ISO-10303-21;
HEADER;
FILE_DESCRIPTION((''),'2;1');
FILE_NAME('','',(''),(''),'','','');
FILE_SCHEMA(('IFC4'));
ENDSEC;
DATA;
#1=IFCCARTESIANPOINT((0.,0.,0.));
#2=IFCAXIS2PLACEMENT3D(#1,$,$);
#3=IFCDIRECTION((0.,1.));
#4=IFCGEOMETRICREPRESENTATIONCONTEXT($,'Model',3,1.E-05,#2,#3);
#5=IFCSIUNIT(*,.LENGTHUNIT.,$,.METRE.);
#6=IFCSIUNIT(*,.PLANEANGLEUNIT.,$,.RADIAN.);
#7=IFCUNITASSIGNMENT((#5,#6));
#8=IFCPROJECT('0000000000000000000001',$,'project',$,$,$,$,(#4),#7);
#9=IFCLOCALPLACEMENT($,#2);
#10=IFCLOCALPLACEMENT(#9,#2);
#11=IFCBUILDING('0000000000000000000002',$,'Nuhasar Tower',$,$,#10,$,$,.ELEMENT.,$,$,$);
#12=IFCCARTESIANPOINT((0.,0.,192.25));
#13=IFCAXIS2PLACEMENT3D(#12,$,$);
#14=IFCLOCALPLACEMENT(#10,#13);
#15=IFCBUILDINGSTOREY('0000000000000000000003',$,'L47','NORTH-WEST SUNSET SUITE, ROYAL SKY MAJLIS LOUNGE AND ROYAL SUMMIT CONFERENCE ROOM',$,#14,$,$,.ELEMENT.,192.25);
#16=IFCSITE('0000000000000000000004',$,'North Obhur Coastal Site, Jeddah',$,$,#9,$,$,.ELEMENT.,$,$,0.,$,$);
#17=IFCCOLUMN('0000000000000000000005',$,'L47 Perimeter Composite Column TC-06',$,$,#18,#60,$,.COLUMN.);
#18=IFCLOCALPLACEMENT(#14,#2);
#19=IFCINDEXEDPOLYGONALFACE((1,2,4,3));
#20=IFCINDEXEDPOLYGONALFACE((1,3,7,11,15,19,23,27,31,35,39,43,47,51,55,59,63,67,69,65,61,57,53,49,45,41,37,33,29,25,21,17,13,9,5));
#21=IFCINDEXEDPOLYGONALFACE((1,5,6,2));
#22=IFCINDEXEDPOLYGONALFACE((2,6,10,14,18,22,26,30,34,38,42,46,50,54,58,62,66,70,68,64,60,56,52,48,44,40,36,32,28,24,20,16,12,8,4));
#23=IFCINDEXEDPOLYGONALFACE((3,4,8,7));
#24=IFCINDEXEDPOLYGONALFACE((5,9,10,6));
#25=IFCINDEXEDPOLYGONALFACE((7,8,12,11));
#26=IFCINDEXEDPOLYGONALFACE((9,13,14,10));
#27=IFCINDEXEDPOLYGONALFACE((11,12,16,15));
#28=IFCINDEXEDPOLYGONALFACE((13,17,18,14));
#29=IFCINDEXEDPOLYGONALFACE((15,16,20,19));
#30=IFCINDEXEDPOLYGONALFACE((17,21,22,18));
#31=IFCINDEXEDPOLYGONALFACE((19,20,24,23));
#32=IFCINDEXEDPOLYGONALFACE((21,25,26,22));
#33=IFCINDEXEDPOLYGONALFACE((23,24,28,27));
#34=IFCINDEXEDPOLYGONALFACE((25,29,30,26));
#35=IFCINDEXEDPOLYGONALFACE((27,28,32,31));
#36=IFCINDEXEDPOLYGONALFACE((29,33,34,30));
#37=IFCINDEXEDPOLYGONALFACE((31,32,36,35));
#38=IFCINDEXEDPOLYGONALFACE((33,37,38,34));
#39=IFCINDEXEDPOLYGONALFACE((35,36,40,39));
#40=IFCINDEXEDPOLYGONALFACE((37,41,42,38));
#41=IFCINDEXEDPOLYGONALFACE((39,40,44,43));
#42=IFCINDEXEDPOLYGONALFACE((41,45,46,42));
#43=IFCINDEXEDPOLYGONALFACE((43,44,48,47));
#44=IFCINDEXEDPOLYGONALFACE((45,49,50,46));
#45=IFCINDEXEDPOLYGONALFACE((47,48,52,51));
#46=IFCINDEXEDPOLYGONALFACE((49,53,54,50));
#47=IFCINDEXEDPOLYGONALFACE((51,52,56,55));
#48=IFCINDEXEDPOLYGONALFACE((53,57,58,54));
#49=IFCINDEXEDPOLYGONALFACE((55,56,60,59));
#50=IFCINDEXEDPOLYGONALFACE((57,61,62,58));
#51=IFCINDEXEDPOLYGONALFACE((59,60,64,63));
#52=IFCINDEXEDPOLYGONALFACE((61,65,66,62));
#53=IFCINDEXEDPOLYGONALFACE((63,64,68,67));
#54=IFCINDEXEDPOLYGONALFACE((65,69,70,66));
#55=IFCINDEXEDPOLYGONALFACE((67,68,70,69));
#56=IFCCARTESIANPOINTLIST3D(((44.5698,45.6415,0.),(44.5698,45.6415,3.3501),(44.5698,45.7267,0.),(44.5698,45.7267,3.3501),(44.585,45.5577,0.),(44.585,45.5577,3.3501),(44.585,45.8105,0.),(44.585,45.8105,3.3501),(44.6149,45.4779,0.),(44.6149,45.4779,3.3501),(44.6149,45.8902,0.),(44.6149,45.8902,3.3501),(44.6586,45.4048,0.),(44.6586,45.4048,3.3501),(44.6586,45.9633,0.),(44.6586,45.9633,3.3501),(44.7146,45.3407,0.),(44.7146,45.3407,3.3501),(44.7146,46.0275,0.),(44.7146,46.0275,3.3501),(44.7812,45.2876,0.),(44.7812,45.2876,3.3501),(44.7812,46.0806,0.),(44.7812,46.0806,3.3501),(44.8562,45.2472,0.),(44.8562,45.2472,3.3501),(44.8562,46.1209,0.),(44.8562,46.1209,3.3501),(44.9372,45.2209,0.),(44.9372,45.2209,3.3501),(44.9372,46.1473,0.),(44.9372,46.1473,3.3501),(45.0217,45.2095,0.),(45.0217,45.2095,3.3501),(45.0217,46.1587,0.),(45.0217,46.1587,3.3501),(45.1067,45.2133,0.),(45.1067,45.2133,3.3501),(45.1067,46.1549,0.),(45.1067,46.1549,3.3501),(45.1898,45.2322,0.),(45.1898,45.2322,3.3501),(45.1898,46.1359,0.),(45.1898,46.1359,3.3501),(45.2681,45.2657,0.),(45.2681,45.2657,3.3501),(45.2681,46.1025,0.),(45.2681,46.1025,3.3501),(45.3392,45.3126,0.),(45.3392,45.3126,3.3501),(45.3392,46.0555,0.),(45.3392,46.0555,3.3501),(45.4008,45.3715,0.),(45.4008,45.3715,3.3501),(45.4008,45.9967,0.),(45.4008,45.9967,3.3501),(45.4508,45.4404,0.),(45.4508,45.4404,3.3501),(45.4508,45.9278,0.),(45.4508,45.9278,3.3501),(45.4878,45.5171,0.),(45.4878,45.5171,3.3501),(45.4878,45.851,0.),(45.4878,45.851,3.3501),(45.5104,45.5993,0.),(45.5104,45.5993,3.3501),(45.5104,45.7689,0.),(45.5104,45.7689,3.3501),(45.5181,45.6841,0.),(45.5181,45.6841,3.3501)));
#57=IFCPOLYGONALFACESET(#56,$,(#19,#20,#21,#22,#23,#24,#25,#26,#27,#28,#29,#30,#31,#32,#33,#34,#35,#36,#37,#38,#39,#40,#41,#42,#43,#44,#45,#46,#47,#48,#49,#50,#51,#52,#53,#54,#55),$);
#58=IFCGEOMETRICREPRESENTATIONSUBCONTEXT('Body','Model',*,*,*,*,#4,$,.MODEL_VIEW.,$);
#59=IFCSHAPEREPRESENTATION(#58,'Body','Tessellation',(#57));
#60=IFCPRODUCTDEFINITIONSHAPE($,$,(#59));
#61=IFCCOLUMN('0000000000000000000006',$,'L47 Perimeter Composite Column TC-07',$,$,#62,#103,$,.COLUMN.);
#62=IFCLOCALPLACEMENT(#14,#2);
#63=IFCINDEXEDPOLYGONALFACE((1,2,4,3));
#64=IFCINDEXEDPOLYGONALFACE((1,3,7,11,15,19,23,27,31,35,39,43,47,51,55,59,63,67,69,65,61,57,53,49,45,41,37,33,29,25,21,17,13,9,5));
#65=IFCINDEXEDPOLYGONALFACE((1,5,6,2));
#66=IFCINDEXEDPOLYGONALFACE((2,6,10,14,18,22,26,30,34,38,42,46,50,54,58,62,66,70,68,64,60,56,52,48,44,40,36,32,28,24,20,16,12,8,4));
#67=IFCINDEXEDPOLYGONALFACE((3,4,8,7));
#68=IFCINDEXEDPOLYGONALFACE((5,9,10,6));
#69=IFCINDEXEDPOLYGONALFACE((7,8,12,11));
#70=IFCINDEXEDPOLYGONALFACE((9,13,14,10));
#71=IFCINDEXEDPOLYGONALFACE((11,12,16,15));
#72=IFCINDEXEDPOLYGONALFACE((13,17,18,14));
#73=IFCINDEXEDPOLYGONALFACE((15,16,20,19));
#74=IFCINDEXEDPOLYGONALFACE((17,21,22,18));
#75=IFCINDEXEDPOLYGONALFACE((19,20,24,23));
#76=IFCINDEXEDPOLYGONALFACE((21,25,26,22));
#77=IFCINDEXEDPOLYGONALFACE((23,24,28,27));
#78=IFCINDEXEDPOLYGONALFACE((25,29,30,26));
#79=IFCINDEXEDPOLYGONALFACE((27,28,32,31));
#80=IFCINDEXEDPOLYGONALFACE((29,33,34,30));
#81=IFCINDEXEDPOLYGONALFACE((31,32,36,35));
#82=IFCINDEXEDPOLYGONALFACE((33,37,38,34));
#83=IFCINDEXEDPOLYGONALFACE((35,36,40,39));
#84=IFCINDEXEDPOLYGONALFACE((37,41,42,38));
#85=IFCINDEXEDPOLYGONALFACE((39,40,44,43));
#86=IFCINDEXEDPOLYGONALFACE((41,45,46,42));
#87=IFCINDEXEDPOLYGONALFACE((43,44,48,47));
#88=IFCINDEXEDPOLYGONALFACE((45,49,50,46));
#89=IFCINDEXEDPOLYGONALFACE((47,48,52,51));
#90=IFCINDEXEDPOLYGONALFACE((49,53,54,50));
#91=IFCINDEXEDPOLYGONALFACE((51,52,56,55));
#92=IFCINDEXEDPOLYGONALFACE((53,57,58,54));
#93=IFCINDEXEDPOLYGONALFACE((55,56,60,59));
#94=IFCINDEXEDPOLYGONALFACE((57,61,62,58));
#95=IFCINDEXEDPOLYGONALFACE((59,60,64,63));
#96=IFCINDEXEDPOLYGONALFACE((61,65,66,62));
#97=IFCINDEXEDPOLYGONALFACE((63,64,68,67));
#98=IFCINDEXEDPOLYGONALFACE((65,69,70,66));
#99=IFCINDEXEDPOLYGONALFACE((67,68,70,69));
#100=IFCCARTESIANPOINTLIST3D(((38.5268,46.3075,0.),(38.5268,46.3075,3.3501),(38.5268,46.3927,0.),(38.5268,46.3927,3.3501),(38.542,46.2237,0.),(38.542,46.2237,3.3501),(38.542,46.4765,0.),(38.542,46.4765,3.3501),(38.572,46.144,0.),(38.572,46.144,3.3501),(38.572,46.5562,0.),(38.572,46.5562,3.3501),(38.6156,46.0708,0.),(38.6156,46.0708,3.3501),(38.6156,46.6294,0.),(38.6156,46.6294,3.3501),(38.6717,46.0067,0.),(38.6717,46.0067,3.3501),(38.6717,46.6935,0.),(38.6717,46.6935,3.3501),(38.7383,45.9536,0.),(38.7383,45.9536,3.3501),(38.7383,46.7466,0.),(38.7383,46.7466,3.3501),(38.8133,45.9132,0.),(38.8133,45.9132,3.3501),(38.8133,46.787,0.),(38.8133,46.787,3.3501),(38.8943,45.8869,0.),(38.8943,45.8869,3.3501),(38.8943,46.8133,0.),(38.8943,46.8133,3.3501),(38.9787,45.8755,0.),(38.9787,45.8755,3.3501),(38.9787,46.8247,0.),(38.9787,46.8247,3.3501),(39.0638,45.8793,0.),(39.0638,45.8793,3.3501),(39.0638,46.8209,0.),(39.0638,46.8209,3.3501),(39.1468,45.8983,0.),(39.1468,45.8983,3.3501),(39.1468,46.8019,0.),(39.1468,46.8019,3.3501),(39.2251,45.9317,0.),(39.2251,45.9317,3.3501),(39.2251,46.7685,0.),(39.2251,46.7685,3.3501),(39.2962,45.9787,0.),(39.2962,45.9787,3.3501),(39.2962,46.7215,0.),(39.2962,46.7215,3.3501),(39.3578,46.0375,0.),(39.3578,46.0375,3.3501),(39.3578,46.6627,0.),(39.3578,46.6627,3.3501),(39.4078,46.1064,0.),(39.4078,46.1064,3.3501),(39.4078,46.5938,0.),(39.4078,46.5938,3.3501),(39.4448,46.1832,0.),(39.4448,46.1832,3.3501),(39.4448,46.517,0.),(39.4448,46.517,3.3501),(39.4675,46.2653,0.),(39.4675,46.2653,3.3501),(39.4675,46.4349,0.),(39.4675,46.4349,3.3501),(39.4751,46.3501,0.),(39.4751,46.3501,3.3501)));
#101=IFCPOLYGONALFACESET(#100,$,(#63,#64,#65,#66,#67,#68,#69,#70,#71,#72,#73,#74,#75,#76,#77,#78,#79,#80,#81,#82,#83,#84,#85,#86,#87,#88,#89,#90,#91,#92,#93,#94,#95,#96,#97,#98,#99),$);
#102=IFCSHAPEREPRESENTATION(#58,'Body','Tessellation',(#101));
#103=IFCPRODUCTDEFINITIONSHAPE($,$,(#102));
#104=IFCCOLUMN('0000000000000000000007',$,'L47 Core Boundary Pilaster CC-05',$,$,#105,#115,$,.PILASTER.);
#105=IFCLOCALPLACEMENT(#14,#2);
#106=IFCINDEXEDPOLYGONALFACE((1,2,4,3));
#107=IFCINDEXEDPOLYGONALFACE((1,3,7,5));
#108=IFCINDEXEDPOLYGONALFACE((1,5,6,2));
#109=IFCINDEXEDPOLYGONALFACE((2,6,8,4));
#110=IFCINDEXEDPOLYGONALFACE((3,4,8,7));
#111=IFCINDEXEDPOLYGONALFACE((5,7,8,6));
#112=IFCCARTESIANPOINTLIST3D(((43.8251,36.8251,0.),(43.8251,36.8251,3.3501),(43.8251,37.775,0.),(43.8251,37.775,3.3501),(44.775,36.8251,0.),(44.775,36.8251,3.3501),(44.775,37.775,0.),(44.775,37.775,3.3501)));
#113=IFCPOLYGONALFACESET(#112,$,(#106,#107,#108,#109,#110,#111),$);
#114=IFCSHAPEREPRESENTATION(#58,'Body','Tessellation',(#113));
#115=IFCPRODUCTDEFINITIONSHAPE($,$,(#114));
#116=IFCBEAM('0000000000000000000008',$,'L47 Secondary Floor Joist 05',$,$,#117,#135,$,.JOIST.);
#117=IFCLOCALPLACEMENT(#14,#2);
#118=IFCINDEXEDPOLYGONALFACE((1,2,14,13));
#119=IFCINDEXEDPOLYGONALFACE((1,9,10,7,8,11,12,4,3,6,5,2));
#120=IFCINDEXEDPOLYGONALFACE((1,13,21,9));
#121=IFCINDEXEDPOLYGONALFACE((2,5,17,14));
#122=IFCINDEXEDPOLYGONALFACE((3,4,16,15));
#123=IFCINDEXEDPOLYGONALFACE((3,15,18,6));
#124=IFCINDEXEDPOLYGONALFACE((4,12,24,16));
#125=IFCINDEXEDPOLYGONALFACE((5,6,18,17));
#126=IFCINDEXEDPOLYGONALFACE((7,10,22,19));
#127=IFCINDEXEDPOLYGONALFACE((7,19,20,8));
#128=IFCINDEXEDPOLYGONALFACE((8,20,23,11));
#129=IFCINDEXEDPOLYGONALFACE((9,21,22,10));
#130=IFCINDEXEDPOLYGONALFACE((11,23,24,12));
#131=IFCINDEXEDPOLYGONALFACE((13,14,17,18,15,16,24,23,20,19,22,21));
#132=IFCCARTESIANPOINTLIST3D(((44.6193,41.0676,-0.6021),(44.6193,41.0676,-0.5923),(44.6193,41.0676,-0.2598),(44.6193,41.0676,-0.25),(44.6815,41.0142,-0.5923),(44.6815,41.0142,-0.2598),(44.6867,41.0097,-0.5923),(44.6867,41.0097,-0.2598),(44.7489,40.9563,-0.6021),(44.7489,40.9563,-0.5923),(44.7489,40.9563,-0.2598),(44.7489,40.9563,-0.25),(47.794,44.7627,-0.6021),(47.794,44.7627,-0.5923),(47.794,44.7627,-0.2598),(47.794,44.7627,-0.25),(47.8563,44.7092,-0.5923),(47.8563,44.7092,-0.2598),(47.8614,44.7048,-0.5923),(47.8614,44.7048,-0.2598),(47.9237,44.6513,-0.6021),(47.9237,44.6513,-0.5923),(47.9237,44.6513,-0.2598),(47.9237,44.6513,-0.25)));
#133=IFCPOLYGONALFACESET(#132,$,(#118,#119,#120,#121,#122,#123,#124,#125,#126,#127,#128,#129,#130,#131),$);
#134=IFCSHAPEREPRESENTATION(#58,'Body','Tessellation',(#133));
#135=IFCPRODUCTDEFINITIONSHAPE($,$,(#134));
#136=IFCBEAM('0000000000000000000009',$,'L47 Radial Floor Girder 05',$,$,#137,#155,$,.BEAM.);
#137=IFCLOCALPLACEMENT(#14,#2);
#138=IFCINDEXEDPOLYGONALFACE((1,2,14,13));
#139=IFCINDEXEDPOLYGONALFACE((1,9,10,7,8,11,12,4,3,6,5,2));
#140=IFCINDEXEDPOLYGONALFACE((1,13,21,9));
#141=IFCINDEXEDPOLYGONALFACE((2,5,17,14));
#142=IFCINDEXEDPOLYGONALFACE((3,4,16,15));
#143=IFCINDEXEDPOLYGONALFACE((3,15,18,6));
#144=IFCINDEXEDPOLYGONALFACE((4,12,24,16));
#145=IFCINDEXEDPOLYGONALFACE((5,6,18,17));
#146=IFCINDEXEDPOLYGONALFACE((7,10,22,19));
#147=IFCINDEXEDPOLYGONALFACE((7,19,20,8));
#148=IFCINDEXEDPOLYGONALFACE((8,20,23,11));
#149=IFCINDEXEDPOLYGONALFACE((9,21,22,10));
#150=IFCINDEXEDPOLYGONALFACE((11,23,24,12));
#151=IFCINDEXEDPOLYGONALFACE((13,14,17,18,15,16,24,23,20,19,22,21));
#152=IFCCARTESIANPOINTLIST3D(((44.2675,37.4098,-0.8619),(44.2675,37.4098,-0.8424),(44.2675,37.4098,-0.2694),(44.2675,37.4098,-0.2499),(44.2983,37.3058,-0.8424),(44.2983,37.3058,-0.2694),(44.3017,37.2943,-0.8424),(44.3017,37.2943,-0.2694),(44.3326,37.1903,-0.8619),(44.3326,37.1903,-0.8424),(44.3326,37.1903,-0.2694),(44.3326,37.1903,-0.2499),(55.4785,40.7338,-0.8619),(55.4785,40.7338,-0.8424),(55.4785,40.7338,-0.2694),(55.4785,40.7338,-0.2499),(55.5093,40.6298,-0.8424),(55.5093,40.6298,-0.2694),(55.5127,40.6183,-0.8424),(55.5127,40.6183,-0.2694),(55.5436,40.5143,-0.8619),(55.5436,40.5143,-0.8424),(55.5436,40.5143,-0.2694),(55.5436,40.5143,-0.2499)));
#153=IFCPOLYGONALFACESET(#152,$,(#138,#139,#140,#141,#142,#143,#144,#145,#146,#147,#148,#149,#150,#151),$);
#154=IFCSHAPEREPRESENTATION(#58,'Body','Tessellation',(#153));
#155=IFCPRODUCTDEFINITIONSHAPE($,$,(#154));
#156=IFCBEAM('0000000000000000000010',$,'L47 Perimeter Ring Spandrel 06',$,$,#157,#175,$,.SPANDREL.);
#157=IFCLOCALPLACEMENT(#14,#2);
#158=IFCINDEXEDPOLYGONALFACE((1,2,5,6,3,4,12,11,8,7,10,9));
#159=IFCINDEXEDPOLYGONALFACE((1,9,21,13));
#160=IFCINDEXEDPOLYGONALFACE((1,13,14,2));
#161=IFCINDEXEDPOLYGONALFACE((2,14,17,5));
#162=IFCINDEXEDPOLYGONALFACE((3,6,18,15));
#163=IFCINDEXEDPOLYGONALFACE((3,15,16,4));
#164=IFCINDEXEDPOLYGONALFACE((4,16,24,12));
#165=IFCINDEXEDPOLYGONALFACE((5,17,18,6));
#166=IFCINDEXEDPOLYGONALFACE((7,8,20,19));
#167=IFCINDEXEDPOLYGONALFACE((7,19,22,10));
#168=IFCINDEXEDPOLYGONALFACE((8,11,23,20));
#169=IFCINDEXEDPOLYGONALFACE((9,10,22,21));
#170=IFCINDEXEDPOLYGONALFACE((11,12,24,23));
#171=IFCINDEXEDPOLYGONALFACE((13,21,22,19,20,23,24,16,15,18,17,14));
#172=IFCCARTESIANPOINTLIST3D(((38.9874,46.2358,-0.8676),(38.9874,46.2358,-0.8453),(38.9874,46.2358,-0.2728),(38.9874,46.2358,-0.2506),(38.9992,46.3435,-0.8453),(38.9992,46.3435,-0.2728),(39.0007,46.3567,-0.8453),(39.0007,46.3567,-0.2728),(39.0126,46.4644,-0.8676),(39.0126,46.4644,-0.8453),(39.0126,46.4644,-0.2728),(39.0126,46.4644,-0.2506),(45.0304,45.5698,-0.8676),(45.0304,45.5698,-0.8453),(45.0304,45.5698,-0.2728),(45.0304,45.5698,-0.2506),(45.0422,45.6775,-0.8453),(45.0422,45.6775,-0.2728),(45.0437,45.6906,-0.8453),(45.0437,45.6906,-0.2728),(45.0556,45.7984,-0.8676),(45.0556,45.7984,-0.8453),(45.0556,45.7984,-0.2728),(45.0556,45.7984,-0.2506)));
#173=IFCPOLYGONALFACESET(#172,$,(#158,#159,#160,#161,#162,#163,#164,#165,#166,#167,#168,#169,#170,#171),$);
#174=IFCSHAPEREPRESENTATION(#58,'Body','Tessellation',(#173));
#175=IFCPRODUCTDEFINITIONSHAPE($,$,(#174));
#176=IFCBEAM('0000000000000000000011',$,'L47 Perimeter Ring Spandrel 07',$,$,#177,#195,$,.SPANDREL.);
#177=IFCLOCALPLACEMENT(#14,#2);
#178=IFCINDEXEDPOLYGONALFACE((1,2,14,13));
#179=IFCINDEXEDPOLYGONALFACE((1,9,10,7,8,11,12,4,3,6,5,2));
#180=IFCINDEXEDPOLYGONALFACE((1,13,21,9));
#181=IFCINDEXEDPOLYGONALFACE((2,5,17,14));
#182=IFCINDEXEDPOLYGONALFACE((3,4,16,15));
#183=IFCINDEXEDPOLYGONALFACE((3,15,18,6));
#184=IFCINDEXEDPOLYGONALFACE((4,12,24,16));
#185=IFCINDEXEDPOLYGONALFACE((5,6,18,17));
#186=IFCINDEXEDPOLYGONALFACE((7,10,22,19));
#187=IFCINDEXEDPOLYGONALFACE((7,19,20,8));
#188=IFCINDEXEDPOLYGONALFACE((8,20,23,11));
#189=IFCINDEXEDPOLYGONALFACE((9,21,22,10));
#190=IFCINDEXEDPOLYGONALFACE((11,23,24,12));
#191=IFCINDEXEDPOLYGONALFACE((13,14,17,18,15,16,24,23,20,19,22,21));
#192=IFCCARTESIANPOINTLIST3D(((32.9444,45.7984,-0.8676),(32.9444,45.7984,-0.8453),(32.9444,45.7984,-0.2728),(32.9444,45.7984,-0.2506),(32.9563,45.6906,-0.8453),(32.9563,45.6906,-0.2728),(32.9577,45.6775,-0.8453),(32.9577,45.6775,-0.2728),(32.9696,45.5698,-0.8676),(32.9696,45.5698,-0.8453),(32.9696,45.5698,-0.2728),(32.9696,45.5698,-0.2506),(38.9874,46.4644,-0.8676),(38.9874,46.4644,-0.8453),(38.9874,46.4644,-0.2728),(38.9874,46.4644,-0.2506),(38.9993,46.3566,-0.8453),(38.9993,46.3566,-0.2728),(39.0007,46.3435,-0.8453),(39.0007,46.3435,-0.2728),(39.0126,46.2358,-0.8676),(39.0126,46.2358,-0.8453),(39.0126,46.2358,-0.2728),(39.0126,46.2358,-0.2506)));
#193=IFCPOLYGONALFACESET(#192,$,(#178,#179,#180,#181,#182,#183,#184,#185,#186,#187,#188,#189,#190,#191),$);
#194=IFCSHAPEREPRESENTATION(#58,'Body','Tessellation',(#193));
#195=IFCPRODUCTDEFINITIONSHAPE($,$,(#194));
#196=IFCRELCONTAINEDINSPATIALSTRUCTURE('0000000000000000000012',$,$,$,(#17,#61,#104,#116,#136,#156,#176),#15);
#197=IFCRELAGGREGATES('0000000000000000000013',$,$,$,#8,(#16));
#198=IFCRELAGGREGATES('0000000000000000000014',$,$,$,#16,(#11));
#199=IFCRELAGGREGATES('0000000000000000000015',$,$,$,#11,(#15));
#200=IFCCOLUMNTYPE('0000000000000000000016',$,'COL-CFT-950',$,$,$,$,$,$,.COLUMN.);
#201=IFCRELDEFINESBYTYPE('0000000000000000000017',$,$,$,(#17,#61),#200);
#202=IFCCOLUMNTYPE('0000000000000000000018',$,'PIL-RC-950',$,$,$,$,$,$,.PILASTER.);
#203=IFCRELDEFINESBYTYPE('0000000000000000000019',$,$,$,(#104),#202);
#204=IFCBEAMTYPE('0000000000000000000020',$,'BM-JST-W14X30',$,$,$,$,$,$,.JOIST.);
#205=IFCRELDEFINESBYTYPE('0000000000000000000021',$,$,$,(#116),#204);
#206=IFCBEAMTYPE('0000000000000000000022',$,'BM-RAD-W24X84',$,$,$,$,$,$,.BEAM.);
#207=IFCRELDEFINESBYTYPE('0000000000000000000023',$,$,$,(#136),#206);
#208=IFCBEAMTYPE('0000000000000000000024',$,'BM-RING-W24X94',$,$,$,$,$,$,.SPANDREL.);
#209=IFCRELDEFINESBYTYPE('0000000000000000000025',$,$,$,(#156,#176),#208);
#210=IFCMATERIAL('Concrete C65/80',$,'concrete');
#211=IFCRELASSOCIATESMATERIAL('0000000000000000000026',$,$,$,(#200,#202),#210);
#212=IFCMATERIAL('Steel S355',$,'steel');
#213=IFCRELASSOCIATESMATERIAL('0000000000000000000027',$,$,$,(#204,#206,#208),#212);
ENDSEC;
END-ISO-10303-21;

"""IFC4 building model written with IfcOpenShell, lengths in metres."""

from ifc_helpers import new_model, si_unit, direction, frame, origin, origin_2d, place, context, subcontext, project, spatial, rectangle, circle, i_section, extrude, material, material_profile, profile_set, type_object, element, save


model = new_model("IFC4")

# Units and contexts
model_context = context("Model", 3, precision=1e-05, world=origin(), true_north=direction((0.0, 1.0)))
body_context = subcontext(model_context, "Body", "Model", "MODEL_VIEW")
ifc_project = project(units=[si_unit("LENGTHUNIT", "METRE"), si_unit("PLANEANGLEUNIT", "RADIAN")], contexts=[model_context])

# Site, building, storey
site_placement = place(None, origin())
site = spatial("IfcSite", under=ifc_project, at=site_placement, Name="North Obhur Coastal Site, Jeddah", CompositionType="ELEMENT", RefElevation=0.0)
building_placement = place(site_placement, origin())
building = spatial("IfcBuilding", under=site, at=building_placement, Name="Nuhasar Tower", CompositionType="ELEMENT")
storey_placement = place(building_placement, frame((0.0, 0.0, 192.25)))
storey = spatial("IfcBuildingStorey", under=building, at=storey_placement, Name="L47", Description="NORTH-WEST SUNSET SUITE, ROYAL SKY MAJLIS LOUNGE AND ROYAL SUMMIT CONFERENCE ROOM", CompositionType="ELEMENT", Elevation=192.25)

# Columns
ifc_material_1 = material(Name="Concrete C65/80", Category="concrete")
ifc_material_profile_1 = material_profile(ifc_material_1, circle(Radius=0.4751, at=origin_2d()), Name="CFT950")
ifc_profile_set_1 = profile_set([ifc_material_profile_1], Name="Concrete C65/80")
column_type_1 = type_object("IfcColumnType", Name="COL-CFT-950", PredefinedType="COLUMN", material=ifc_profile_set_1)
for number, where, z_axis, x_axis, name in (
    (1, (45.043, 45.6841, 0.0), (0.0, 0.0, 1.0), (1.0, 0.0, 0.0), "L47 Perimeter Composite Column TC-06"),
    (2, (39.0, 46.3501, 0.0), (0.0, 0.0, 1.0), (1.0, 0.0, 0.0), "L47 Perimeter Composite Column TC-07"),
):
    element("IfcColumn", number, at=place(storey_placement, frame(where, z_axis=z_axis, x_axis=x_axis)), inside=storey, type_object=column_type_1, Name=name, PredefinedType="COLUMN", context=body_context, shape_type="SweptSolid", body=[
        extrude(circle(Radius=0.4751, at=origin_2d()), origin(), (0.0, 0.0, 1.0), 3.3501),
    ])
ifc_material_profile_2 = material_profile(ifc_material_1, rectangle(XDim=0.95, YDim=0.95, at=origin_2d()), Name="RC950X950")
ifc_profile_set_2 = profile_set([ifc_material_profile_2], Name="Concrete C65/80")
column_type_2 = type_object("IfcColumnType", Name="PIL-RC-950", PredefinedType="PILASTER", material=ifc_profile_set_2)
column_placement = place(storey_placement, frame((44.3, 37.3, 0.0), z_axis=(0.0, 0.0, 1.0), x_axis=(1.0, 0.0, 0.0)))
element("IfcColumn", 3, at=column_placement, inside=storey, type_object=column_type_2, Name="L47 Core Boundary Pilaster CC-05", PredefinedType="PILASTER", context=body_context, shape_type="SweptSolid", body=[
    extrude(rectangle(XDim=0.95, YDim=0.95, at=origin_2d()), origin(), (0.0, 0.0, 1.0), 3.3501),
])

# Beams
ifc_material_2 = material(Name="Steel S355", Category="steel")
ifc_material_profile_3 = material_profile(ifc_material_2, i_section(OverallWidth=0.1709, OverallDepth=0.3521, WebThickness=0.0068, FlangeThickness=0.0098, at=origin_2d()), Name="W14X30")
ifc_profile_set_3 = profile_set([ifc_material_profile_3], Name="Steel S355")
beam_type_1 = type_object("IfcBeamType", Name="BM-JST-W14X30", PredefinedType="JOIST", material=ifc_profile_set_3)
beam_1_placement = place(storey_placement, frame((44.6841, 41.012, -0.426), z_axis=(0.651691, 0.758485, 0.0), x_axis=(-0.758485, 0.651691, 0.0)))
element("IfcBeam", 4, at=beam_1_placement, inside=storey, type_object=beam_type_1, Name="L47 Secondary Floor Joist 05", PredefinedType="JOIST", context=body_context, shape_type="SweptSolid", body=[
    extrude(i_section(OverallWidth=0.1709, OverallDepth=0.3521, WebThickness=0.0068, FlangeThickness=0.0098, at=origin_2d()), origin(), (0.0, 0.0, 1.0), 4.8716),
])
ifc_material_profile_4 = material_profile(ifc_material_2, i_section(OverallWidth=0.229, OverallDepth=0.6121, WebThickness=0.012, FlangeThickness=0.0195, at=origin_2d()), Name="W24X84")
ifc_profile_set_4 = profile_set([ifc_material_profile_4], Name="Steel S355")
beam_type_2 = type_object("IfcBeamType", Name="BM-RAD-W24X84", PredefinedType="BEAM", material=ifc_profile_set_4)
beam_2_placement = place(storey_placement, frame((44.3, 37.3, -0.5559), z_axis=(0.958746, 0.284262, 0.0), x_axis=(-0.284262, 0.958746, 0.0)))
element("IfcBeam", 5, at=beam_2_placement, inside=storey, type_object=beam_type_2, Name="L47 Radial Floor Girder 05", PredefinedType="BEAM", context=body_context, shape_type="SweptSolid", body=[
    extrude(i_section(OverallWidth=0.229, OverallDepth=0.6121, WebThickness=0.012, FlangeThickness=0.0195, at=origin_2d()), origin(), (0.0, 0.0, 1.0), 11.6934),
])
ifc_material_profile_5 = material_profile(ifc_material_2, i_section(OverallWidth=0.23, OverallDepth=0.6169, WebThickness=0.0132, FlangeThickness=0.0222, at=origin_2d()), Name="W24X94")
ifc_profile_set_5 = profile_set([ifc_material_profile_5], Name="Steel S355")
beam_type_3 = type_object("IfcBeamType", Name="BM-RING-W24X94", PredefinedType="SPANDREL", material=ifc_profile_set_5)
for number, where, z_axis, x_axis, name in (
    (6, (45.043, 45.6841, -0.5591), (-0.993981, 0.10955, 0.0), (-0.10955, -0.993981, 0.0), "L47 Perimeter Ring Spandrel 06"),
    (7, (39.0, 46.3501, -0.5591), (-0.993981, -0.10955, 0.0), (0.10955, -0.993981, 0.0), "L47 Perimeter Ring Spandrel 07"),
):
    element("IfcBeam", number, at=place(storey_placement, frame(where, z_axis=z_axis, x_axis=x_axis)), inside=storey, type_object=beam_type_3, Name=name, PredefinedType="SPANDREL", context=body_context, shape_type="SweptSolid", body=[
        extrude(i_section(OverallWidth=0.23, OverallDepth=0.6169, WebThickness=0.0132, FlangeThickness=0.0222, at=origin_2d()), origin(), (0.0, 0.0, 1.0), 6.0796),
    ])

save(model, "model.ifc")
